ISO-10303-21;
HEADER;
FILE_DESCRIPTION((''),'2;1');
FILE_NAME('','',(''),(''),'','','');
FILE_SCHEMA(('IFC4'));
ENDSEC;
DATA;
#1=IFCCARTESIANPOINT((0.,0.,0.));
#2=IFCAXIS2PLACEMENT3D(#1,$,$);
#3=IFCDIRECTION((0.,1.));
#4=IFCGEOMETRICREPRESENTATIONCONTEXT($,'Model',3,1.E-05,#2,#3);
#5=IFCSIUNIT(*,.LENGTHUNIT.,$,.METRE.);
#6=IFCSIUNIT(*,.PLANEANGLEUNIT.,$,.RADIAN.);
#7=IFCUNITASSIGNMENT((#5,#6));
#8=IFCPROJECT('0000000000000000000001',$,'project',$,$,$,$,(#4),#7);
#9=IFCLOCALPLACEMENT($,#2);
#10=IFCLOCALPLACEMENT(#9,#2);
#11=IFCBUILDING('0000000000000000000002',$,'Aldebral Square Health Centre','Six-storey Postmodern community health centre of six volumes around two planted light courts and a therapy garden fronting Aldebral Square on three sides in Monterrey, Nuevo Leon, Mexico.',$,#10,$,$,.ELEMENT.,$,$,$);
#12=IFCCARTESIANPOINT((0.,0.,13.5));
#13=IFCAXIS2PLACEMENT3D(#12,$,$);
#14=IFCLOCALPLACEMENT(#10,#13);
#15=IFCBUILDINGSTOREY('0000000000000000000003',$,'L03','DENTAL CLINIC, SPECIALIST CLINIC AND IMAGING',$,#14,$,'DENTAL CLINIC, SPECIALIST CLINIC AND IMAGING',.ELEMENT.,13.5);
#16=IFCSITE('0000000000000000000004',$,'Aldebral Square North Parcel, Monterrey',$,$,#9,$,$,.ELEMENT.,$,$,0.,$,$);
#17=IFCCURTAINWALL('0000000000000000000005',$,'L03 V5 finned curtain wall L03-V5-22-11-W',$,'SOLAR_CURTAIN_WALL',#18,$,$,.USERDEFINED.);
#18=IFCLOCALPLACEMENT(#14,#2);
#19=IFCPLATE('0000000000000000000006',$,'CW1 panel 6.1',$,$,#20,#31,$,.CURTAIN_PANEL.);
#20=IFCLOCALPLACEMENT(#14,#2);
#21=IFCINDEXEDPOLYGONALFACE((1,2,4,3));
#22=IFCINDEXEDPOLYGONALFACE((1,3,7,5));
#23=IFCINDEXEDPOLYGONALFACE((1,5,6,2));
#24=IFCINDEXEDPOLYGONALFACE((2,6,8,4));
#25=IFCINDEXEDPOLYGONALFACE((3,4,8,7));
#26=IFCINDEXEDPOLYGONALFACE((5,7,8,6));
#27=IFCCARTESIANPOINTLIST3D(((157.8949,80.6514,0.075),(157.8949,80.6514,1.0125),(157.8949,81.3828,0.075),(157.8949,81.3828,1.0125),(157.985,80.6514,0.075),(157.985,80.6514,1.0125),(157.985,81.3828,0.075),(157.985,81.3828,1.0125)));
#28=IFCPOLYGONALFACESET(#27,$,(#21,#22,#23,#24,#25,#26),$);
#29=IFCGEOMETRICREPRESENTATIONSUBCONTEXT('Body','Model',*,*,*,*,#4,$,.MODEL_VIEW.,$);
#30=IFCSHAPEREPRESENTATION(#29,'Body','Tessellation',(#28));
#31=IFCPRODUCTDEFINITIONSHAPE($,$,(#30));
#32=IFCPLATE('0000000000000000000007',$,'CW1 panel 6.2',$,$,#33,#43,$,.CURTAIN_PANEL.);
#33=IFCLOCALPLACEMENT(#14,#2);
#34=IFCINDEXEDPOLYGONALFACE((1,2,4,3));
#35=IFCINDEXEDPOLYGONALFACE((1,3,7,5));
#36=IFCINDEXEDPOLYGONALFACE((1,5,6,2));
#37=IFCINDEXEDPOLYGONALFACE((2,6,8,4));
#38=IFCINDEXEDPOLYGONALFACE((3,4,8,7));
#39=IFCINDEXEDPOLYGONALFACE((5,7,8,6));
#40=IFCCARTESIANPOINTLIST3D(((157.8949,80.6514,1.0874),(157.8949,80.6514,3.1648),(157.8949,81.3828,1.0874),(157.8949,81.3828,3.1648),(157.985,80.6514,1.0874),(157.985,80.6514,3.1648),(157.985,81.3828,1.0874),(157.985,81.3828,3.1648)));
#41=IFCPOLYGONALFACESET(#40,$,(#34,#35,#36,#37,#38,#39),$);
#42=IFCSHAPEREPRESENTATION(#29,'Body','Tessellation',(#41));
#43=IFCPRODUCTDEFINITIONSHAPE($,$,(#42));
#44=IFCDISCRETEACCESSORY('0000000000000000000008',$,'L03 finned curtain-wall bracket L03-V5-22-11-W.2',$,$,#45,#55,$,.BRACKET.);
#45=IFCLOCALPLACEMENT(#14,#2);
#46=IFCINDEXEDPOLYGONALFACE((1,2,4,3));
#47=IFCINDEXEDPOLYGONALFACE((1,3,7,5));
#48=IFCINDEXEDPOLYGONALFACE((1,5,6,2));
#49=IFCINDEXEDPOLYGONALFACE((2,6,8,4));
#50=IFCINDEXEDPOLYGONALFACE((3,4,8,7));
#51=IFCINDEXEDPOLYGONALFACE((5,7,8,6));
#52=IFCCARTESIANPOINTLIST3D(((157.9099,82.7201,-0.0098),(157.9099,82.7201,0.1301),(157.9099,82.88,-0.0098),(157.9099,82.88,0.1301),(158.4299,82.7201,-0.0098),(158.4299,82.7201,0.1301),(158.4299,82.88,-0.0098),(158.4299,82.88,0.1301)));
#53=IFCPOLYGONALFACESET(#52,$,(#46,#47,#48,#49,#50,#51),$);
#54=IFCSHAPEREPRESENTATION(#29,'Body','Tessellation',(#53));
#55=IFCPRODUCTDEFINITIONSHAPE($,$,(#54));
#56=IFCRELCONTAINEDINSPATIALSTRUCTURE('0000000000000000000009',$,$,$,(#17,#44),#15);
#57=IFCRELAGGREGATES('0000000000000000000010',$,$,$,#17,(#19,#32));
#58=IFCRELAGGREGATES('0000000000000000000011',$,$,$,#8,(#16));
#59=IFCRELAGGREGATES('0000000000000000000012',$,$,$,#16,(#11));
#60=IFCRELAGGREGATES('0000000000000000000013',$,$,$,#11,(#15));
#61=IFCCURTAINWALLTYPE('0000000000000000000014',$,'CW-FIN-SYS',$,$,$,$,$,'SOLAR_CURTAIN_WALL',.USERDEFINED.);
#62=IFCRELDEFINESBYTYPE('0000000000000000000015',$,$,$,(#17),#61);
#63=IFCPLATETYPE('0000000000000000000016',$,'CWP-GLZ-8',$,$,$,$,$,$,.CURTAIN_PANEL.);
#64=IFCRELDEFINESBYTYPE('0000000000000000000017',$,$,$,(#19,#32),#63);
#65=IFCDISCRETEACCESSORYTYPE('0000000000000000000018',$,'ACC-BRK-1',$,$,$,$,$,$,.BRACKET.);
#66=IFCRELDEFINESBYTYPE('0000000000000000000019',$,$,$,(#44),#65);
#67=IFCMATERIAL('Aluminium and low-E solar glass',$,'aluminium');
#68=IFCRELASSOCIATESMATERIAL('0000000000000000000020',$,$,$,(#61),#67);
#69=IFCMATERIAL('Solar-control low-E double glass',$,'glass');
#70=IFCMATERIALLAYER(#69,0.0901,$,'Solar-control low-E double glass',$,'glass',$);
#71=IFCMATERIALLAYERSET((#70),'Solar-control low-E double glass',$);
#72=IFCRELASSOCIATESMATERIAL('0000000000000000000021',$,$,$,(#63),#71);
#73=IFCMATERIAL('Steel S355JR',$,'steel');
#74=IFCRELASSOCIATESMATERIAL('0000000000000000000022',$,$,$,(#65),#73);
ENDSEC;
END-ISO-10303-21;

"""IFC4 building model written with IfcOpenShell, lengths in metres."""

from ifc_helpers import new_model, si_unit, direction, frame, origin, origin_2d, place, context, subcontext, project, spatial, rectangle, extrude, material, layer, layer_set, type_object, element, aggregate, save


model = new_model("IFC4")

# Units and contexts
model_context = context("Model", 3, precision=1e-05, world=origin(), true_north=direction((0.0, 1.0)))
body_context = subcontext(model_context, "Body", "Model", "MODEL_VIEW")
ifc_project = project(units=[si_unit("LENGTHUNIT", "METRE"), si_unit("PLANEANGLEUNIT", "RADIAN")], contexts=[model_context])

# Site, building, storey
site_placement = place(None, origin())
site = spatial("IfcSite", under=ifc_project, at=site_placement, Name="Aldebral Square North Parcel, Monterrey", CompositionType="ELEMENT", RefElevation=0.0)
building_placement = place(site_placement, origin())
building = spatial("IfcBuilding", under=site, at=building_placement, Name="Aldebral Square Health Centre", Description="Six-storey Postmodern community health centre of six volumes around two planted light courts and a therapy garden fronting Aldebral Square on three sides in Monterrey, Nuevo Leon, Mexico.", CompositionType="ELEMENT")
storey_placement = place(building_placement, frame((0.0, 0.0, 13.5)))
storey = spatial("IfcBuildingStorey", under=building, at=storey_placement, Name="L03", Description="DENTAL CLINIC, SPECIALIST CLINIC AND IMAGING", LongName="DENTAL CLINIC, SPECIALIST CLINIC AND IMAGING", CompositionType="ELEMENT", Elevation=13.5)

# Curtain wall, plates
ifc_material_1 = material(Name="Aluminium and low-E solar glass", Category="aluminium")
curtain_wall_type = type_object("IfcCurtainWallType", Name="CW-FIN-SYS", ElementType="SOLAR_CURTAIN_WALL", PredefinedType="USERDEFINED", material=ifc_material_1)
curtain_wall_placement = place(storey_placement, origin())
curtain_wall = element("IfcCurtainWall", 1, at=curtain_wall_placement, inside=storey, type_object=curtain_wall_type, Name="L03 V5 finned curtain wall L03-V5-22-11-W", ObjectType="SOLAR_CURTAIN_WALL", PredefinedType="USERDEFINED")
ifc_material_2 = material(Name="Solar-control low-E double glass", Category="glass")
ifc_layer = layer(ifc_material_2, 0.0901, Name="Solar-control low-E double glass", Category="glass")
ifc_layer_set = layer_set([ifc_layer], Name="Solar-control low-E double glass")
plate_type = type_object("IfcPlateType", Name="CWP-GLZ-8", PredefinedType="CURTAIN_PANEL", material=ifc_layer_set)
plate_1_placement = place(storey_placement, frame((157.9399, 81.0171, 0.075), z_axis=(0.0, 0.0, 1.0), x_axis=(0.0, -1.0, 0.0)))
plate_1 = element("IfcPlate", 2, at=plate_1_placement, type_object=plate_type, Name="CW1 panel 6.1", PredefinedType="CURTAIN_PANEL", context=body_context, shape_type="SweptSolid", body=[
    extrude(rectangle(XDim=0.7314, YDim=0.0901, at=origin_2d()), origin(), (0.0, 0.0, 1.0), 0.9375),
])
plate_2_placement = place(storey_placement, frame((157.9399, 81.0171, 1.0874), z_axis=(0.0, 0.0, 1.0), x_axis=(0.0, -1.0, 0.0)))
plate_2 = element("IfcPlate", 3, at=plate_2_placement, type_object=plate_type, Name="CW1 panel 6.2", PredefinedType="CURTAIN_PANEL", context=body_context, shape_type="SweptSolid", body=[
    extrude(rectangle(XDim=0.7314, YDim=0.0901, at=origin_2d()), origin(), (0.0, 0.0, 1.0), 2.0774),
])
aggregate(curtain_wall, [plate_1, plate_2])

# Discrete accessory
ifc_material_3 = material(Name="Steel S355JR", Category="steel")
discrete_accessory_type = type_object("IfcDiscreteAccessoryType", Name="ACC-BRK-1", PredefinedType="BRACKET", material=ifc_material_3)
discrete_accessory_placement = place(storey_placement, frame((158.1699, 82.8, -0.0098), z_axis=(0.0, 0.0, 1.0), x_axis=(0.0, 1.0, 0.0)))
element("IfcDiscreteAccessory", 4, at=discrete_accessory_placement, inside=storey, type_object=discrete_accessory_type, Name="L03 finned curtain-wall bracket L03-V5-22-11-W.2", PredefinedType="BRACKET", context=body_context, shape_type="SweptSolid", body=[
    extrude(rectangle(XDim=0.1599, YDim=0.52, at=origin_2d()), origin(), (0.0, 0.0, 1.0), 0.1399),
])

save(model, "model.ifc")
